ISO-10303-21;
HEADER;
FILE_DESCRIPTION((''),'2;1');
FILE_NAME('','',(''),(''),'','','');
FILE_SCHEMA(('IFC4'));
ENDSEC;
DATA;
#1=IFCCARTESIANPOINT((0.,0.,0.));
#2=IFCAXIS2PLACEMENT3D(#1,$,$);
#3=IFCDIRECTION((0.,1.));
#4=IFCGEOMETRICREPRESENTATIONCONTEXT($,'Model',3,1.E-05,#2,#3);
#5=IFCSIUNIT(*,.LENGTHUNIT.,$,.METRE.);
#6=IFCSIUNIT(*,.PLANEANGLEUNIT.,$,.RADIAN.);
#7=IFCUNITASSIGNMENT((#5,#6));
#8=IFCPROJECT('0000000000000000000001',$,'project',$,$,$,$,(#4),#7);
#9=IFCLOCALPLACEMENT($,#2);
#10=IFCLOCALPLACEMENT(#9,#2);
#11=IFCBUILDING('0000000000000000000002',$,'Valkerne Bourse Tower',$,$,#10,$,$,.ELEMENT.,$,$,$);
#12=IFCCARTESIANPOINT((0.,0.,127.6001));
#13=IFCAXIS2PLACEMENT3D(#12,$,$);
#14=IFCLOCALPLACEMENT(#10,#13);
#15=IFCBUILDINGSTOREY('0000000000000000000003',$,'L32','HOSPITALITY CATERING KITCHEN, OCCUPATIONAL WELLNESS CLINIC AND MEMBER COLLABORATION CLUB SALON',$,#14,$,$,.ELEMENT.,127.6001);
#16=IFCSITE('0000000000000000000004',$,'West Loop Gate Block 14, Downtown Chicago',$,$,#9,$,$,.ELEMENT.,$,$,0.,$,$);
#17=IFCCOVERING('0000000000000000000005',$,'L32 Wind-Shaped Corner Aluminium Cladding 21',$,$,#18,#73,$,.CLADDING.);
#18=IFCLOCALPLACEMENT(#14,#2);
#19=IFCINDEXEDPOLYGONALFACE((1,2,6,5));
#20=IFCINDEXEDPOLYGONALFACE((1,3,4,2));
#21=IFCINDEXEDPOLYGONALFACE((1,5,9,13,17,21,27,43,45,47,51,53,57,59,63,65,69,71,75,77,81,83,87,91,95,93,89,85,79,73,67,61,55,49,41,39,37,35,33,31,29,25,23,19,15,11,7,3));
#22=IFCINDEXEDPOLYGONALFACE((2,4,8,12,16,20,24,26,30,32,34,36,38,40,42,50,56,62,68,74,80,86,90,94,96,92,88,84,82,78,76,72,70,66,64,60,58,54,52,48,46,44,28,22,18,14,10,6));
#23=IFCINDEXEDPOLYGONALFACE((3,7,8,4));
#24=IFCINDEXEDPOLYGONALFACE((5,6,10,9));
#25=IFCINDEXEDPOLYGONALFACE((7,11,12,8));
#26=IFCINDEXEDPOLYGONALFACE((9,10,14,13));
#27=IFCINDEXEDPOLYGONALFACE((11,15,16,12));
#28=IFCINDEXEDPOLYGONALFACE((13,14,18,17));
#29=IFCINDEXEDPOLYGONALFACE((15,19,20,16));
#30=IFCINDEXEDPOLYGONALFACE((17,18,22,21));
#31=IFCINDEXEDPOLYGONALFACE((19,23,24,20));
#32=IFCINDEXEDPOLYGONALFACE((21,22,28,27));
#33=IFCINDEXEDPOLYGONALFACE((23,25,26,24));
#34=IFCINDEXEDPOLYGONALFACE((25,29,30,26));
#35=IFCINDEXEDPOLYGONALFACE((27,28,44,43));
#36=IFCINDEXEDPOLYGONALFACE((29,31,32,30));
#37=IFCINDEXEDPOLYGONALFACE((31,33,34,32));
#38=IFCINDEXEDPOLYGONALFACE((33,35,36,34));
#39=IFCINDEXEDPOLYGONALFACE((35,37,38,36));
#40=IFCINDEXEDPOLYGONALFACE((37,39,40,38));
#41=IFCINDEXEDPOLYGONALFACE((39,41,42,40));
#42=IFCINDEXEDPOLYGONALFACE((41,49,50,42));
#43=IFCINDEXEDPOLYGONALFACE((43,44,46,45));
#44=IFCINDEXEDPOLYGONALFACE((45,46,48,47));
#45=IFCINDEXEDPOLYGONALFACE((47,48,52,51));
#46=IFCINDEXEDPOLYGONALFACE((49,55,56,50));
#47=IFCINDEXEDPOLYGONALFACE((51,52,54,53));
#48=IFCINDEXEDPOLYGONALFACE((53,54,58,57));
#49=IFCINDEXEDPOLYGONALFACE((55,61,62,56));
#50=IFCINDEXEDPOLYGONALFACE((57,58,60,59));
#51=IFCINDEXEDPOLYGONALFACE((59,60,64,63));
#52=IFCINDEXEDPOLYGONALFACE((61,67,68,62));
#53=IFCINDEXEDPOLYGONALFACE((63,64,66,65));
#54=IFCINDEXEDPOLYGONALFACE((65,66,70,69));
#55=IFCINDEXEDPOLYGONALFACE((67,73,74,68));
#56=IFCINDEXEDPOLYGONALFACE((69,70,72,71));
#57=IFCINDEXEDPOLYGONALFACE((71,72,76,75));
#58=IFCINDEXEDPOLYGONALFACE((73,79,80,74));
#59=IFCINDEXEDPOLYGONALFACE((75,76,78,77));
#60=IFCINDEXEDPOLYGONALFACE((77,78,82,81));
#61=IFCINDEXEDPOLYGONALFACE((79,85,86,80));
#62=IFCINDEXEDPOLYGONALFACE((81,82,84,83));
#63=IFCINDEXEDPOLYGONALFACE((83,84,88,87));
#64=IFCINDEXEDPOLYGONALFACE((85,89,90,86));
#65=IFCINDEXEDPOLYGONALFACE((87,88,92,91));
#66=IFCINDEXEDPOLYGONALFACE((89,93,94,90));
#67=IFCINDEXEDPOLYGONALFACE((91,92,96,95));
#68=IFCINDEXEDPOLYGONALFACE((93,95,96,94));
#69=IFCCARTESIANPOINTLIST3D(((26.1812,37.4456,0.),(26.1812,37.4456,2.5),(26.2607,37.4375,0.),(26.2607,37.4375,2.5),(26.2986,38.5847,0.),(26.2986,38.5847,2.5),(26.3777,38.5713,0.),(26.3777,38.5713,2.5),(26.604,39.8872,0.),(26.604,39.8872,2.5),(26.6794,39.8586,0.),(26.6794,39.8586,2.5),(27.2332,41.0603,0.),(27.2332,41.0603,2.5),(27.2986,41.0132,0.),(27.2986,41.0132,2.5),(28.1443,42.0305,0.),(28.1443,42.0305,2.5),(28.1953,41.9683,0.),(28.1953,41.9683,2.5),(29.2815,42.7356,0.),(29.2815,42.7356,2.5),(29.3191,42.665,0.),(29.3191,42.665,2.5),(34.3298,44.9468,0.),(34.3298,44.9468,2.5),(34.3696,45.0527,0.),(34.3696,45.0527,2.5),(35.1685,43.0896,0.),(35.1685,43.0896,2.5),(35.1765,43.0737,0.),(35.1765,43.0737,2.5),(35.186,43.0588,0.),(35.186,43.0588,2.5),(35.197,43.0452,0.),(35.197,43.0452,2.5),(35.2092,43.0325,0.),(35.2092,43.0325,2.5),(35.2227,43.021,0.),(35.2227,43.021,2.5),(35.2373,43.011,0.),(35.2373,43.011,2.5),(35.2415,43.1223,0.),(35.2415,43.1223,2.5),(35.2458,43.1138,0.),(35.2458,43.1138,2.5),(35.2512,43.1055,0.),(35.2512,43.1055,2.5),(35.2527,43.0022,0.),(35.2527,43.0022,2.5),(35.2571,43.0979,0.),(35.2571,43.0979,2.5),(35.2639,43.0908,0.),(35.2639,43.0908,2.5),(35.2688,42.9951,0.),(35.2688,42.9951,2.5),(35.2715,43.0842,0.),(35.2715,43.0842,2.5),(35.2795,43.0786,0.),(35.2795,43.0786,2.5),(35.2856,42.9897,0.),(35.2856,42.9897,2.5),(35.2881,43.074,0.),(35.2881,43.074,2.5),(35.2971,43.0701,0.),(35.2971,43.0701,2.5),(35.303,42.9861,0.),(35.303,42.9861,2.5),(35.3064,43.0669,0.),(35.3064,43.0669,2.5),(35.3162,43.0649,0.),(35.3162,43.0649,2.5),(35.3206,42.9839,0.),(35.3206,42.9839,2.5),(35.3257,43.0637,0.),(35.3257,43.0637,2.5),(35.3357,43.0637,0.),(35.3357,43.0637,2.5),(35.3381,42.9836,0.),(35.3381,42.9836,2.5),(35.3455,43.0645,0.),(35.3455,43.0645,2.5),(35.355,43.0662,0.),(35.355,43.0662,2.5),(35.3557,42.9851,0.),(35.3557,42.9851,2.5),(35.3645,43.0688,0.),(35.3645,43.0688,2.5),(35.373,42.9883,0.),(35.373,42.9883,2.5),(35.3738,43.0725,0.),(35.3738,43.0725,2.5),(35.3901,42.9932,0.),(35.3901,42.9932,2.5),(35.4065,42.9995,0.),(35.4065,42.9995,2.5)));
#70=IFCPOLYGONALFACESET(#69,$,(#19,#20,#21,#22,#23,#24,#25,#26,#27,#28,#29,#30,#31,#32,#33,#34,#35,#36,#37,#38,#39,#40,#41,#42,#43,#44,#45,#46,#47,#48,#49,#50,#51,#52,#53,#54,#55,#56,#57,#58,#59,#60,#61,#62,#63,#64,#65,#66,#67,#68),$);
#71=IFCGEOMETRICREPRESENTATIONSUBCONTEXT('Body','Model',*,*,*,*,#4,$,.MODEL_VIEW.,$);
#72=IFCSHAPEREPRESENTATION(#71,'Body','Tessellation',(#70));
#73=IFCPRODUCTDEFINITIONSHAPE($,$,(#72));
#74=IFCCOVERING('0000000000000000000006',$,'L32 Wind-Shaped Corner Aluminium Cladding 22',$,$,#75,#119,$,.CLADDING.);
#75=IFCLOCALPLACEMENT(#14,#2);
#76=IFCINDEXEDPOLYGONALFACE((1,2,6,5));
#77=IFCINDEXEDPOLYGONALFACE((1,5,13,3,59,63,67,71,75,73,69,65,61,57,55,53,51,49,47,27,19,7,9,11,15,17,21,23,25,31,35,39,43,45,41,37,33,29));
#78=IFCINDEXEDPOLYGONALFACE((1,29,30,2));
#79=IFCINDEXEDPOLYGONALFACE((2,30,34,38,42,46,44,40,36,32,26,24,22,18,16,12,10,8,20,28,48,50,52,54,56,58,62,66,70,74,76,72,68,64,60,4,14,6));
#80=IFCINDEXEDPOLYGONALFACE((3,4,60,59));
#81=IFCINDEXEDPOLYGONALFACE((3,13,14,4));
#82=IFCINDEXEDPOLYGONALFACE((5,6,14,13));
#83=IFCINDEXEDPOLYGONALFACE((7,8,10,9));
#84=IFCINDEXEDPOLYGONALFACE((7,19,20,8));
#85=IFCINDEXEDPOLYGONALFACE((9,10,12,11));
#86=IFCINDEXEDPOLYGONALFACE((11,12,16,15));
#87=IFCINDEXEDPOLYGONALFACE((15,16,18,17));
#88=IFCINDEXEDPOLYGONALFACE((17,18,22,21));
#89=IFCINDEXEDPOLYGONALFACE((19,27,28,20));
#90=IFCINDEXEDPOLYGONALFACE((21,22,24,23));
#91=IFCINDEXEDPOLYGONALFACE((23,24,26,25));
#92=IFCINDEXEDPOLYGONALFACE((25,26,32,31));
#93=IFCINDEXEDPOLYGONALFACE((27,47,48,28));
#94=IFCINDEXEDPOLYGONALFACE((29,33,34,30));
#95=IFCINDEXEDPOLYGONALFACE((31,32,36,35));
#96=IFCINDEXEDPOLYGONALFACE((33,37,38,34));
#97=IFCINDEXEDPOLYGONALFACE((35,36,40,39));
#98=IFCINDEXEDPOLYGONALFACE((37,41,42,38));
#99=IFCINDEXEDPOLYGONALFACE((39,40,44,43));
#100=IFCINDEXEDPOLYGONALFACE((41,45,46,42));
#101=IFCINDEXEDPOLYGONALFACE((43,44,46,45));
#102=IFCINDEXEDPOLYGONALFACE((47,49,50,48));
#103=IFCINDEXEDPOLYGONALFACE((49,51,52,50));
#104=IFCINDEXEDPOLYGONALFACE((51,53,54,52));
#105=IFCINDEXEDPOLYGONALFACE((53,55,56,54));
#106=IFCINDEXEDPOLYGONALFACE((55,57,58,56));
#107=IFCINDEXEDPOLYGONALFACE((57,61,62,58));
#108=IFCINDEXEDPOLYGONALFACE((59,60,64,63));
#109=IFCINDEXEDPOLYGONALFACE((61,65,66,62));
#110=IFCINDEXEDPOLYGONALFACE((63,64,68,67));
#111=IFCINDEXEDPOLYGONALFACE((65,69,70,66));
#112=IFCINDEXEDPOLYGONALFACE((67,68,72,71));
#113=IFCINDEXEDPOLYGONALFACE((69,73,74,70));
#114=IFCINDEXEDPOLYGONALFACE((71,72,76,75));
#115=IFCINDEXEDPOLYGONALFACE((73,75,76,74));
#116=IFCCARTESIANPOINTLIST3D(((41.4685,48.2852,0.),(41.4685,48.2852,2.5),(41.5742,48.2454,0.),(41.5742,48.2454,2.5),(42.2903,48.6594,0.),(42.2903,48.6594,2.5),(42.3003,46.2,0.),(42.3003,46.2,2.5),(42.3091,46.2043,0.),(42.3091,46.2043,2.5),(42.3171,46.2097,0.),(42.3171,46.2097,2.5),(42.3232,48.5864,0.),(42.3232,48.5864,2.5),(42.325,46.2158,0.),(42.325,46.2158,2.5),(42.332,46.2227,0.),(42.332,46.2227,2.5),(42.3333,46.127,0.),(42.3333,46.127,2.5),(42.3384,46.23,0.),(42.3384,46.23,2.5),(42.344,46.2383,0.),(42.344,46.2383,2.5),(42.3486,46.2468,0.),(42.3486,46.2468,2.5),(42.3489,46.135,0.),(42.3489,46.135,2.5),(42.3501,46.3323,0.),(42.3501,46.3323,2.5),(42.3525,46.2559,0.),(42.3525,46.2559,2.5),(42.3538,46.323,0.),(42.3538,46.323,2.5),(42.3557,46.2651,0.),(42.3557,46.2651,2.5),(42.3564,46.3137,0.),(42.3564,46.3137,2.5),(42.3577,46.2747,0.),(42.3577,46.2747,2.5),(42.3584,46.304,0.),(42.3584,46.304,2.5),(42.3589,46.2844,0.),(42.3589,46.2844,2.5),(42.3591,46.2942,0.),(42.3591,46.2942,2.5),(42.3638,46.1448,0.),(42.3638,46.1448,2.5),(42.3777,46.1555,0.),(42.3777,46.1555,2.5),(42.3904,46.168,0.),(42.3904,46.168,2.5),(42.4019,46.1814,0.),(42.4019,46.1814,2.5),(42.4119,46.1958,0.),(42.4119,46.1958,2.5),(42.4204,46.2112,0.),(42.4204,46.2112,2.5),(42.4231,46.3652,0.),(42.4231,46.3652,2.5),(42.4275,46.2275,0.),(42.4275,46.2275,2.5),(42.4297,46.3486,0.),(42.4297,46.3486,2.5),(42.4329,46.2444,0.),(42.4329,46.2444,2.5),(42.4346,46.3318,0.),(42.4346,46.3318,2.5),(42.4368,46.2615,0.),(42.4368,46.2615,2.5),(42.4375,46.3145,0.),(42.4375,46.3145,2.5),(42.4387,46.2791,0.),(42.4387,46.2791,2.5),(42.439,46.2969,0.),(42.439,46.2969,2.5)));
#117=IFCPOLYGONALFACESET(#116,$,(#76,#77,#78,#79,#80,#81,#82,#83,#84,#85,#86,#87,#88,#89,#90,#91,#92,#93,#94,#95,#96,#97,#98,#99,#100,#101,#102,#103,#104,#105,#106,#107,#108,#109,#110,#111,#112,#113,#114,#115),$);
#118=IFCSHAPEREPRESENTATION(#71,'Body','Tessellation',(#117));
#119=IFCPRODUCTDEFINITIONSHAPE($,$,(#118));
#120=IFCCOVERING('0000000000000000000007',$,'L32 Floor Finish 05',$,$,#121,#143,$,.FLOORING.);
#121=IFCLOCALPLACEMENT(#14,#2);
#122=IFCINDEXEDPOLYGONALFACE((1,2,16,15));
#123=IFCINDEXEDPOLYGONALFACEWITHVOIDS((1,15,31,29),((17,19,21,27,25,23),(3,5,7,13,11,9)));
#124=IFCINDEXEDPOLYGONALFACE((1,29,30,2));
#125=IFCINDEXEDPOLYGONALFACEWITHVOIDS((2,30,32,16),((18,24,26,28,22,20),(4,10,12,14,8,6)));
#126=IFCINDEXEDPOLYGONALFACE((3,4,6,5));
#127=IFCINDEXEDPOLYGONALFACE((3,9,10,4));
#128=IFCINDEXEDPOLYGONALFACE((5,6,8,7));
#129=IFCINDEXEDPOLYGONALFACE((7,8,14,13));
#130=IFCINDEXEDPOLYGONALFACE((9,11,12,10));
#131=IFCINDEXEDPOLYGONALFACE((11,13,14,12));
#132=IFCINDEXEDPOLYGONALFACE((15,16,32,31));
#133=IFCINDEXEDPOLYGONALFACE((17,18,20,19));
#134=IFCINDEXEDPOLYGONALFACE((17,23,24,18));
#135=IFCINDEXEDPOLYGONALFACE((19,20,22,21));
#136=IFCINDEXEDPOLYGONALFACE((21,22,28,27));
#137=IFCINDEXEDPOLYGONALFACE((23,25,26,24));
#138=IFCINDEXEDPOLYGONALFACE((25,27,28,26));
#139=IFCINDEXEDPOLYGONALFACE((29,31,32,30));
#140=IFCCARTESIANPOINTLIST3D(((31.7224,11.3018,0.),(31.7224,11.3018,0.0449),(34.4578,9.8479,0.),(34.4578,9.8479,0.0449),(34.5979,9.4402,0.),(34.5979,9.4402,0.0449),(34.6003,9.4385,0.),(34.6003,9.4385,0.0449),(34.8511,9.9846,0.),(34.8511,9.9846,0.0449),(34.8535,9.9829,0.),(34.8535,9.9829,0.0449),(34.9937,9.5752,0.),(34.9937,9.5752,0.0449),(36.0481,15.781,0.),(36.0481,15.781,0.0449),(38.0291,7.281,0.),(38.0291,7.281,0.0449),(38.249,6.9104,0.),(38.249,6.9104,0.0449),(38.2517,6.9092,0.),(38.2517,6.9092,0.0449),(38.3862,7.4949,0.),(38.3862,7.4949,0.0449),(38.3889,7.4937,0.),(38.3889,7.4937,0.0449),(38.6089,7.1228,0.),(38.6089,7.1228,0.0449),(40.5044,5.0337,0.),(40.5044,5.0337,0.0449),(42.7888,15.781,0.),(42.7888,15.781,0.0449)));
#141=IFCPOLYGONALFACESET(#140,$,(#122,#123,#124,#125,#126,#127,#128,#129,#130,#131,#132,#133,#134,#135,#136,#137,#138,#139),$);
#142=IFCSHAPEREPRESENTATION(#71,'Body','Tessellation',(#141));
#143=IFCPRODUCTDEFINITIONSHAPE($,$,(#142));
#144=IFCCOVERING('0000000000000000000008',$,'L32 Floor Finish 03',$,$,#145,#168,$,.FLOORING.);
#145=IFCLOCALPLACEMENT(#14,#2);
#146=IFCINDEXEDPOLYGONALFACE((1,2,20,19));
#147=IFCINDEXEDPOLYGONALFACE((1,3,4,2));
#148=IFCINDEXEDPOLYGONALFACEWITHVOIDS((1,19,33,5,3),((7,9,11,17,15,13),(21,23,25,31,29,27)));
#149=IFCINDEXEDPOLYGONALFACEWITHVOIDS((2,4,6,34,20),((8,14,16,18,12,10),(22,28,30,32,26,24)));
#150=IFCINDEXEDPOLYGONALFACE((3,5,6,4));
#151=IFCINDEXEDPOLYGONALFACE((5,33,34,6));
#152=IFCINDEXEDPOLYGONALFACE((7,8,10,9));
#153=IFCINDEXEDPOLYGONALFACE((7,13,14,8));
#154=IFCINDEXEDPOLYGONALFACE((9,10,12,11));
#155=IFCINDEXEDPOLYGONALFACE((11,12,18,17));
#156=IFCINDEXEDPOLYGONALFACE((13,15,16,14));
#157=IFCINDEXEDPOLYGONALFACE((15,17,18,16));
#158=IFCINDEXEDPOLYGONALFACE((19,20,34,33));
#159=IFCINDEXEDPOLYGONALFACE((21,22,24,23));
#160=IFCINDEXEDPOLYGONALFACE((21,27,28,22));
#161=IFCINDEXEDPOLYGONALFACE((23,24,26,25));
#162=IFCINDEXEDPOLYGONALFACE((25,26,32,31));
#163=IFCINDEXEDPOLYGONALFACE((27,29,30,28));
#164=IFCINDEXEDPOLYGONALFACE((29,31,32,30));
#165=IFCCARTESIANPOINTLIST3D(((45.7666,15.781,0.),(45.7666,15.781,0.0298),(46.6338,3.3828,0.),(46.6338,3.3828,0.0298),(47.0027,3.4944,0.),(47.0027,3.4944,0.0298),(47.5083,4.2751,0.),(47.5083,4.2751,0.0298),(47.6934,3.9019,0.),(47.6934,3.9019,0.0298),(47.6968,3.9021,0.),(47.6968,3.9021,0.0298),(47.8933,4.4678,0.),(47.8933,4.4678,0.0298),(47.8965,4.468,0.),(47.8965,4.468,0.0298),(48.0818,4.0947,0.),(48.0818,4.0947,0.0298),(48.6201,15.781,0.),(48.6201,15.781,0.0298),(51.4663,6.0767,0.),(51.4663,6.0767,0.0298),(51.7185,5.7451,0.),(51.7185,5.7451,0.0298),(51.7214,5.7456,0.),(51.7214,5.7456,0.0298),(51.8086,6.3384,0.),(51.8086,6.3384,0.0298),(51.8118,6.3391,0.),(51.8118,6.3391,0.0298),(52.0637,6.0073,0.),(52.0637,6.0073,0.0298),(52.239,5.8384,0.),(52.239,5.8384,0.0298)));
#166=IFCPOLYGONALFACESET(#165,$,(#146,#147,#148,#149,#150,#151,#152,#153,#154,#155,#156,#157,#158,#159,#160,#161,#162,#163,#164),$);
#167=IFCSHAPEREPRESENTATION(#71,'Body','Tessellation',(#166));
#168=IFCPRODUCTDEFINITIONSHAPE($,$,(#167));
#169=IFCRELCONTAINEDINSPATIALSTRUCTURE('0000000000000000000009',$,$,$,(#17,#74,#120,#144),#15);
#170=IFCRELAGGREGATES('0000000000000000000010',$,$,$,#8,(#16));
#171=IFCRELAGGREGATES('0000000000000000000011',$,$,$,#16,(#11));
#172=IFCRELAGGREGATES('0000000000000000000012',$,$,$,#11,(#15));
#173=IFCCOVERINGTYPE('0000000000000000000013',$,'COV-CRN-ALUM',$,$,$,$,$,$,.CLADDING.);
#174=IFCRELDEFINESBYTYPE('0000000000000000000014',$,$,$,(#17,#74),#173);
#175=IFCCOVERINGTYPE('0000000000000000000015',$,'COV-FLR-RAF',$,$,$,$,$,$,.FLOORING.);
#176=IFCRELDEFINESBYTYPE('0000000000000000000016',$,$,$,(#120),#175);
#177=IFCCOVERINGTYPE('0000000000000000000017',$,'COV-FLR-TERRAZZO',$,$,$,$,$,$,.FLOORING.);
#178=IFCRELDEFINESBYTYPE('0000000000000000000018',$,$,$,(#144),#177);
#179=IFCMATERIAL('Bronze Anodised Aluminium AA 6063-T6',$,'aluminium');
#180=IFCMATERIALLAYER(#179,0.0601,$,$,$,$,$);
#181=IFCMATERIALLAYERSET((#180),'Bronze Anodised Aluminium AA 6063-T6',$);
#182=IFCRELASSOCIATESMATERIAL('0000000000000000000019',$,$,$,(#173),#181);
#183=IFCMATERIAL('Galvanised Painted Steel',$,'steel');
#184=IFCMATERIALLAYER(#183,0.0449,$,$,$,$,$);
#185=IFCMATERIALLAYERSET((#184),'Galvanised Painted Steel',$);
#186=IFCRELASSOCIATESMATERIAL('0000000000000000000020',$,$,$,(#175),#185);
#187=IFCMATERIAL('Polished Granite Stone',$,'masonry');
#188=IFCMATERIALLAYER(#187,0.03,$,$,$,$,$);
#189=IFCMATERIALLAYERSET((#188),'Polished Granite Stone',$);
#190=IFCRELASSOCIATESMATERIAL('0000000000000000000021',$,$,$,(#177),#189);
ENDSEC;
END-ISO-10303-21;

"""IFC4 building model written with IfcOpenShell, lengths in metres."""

from ifc_helpers import new_model, si_unit, direction, frame, origin, place, context, subcontext, project, spatial, polyline, outline, extrude, material, layer, layer_set, type_object, element, save


model = new_model("IFC4")

# Units and contexts
model_context = context("Model", 3, precision=1e-05, world=origin(), true_north=direction((0.0, 1.0)))
body_context = subcontext(model_context, "Body", "Model", "MODEL_VIEW")
ifc_project = project(units=[si_unit("LENGTHUNIT", "METRE"), si_unit("PLANEANGLEUNIT", "RADIAN")], contexts=[model_context])

# Site, building, storey
site_placement = place(None, origin())
site = spatial("IfcSite", under=ifc_project, at=site_placement, Name="West Loop Gate Block 14, Downtown Chicago", CompositionType="ELEMENT", RefElevation=0.0)
building_placement = place(site_placement, origin())
building = spatial("IfcBuilding", under=site, at=building_placement, Name="Valkerne Bourse Tower", CompositionType="ELEMENT")
storey_placement = place(building_placement, frame((0.0, 0.0, 127.6001)))
storey = spatial("IfcBuildingStorey", under=building, at=storey_placement, Name="L32", Description="HOSPITALITY CATERING KITCHEN, OCCUPATIONAL WELLNESS CLINIC AND MEMBER COLLABORATION CLUB SALON", CompositionType="ELEMENT", Elevation=127.6001)

# Coverings
ifc_material_1 = material(Name="Bronze Anodised Aluminium AA 6063-T6", Category="aluminium")
ifc_layer_1 = layer(ifc_material_1, 0.0601)
ifc_layer_set_1 = layer_set([ifc_layer_1], Name="Bronze Anodised Aluminium AA 6063-T6")
covering_type_1 = type_object("IfcCoveringType", Name="COV-CRN-ALUM", PredefinedType="CLADDING", material=ifc_layer_set_1)
covering_1_placement = place(storey_placement, origin())
element("IfcCovering", 1, at=covering_1_placement, inside=storey, type_object=covering_type_1, Name="L32 Wind-Shaped Corner Aluminium Cladding 21", PredefinedType="CLADDING", context=body_context, shape_type="SweptSolid", body=[
    extrude(outline(polyline([(26.2986, 38.5847), (26.604, 39.8872), (27.2332, 41.0603), (28.1443, 42.0305), (29.2815, 42.7356), (34.3696, 45.0527), (35.2415, 43.1223), (35.2458, 43.1138), (35.2512, 43.1055), (35.2571, 43.0979), (35.2639, 43.0908), (35.2715, 43.0842), (35.2795, 43.0786), (35.2881, 43.074), (35.2971, 43.0701), (35.3064, 43.0669), (35.3162, 43.0649), (35.3257, 43.0637), (35.3357, 43.0637), (35.3455, 43.0645), (35.355, 43.0662), (35.3645, 43.0688), (35.3738, 43.0725), (35.4065, 42.9995), (35.3901, 42.9932), (35.373, 42.9883), (35.3557, 42.9851), (35.3381, 42.9836), (35.3206, 42.9839), (35.303, 42.9861), (35.2856, 42.9897), (35.2688, 42.9951), (35.2527, 43.0022), (35.2373, 43.011), (35.2227, 43.021), (35.2092, 43.0325), (35.197, 43.0452), (35.186, 43.0588), (35.1765, 43.0737), (35.1685, 43.0896), (34.3298, 44.9468), (29.3191, 42.665), (28.1953, 41.9683), (27.2986, 41.0132), (26.6794, 39.8586), (26.3777, 38.5713), (26.2607, 37.4375), (26.1812, 37.4456), (26.2986, 38.5847)])), origin(), (0.0, 0.0, 1.0), 2.5),
])
covering_2_placement = place(storey_placement, origin())
element("IfcCovering", 2, at=covering_2_placement, inside=storey, type_object=covering_type_1, Name="L32 Wind-Shaped Corner Aluminium Cladding 22", PredefinedType="CLADDING", context=body_context, shape_type="SweptSolid", body=[
    extrude(outline(polyline([(42.3091, 46.2043), (42.3171, 46.2097), (42.325, 46.2158), (42.332, 46.2227), (42.3384, 46.23), (42.344, 46.2383), (42.3486, 46.2468), (42.3525, 46.2559), (42.3557, 46.2651), (42.3577, 46.2747), (42.3589, 46.2844), (42.3591, 46.2942), (42.3584, 46.304), (42.3564, 46.3137), (42.3538, 46.323), (42.3501, 46.3323), (41.4685, 48.2852), (42.2903, 48.6594), (42.3232, 48.5864), (41.5742, 48.2454), (42.4231, 46.3652), (42.4297, 46.3486), (42.4346, 46.3318), (42.4375, 46.3145), (42.439, 46.2969), (42.4387, 46.2791), (42.4368, 46.2615), (42.4329, 46.2444), (42.4275, 46.2275), (42.4204, 46.2112), (42.4119, 46.1958), (42.4019, 46.1814), (42.3904, 46.168), (42.3777, 46.1555), (42.3638, 46.1448), (42.3489, 46.135), (42.3333, 46.127), (42.3003, 46.2), (42.3091, 46.2043)])), origin(), (0.0, 0.0, 1.0), 2.5),
])
ifc_material_2 = material(Name="Galvanised Painted Steel", Category="steel")
ifc_layer_2 = layer(ifc_material_2, 0.0449)
ifc_layer_set_2 = layer_set([ifc_layer_2], Name="Galvanised Painted Steel")
covering_type_2 = type_object("IfcCoveringType", Name="COV-FLR-RAF", PredefinedType="FLOORING", material=ifc_layer_set_2)
covering_3_placement = place(storey_placement, origin())
element("IfcCovering", 3, at=covering_3_placement, inside=storey, type_object=covering_type_2, Name="L32 Floor Finish 05", PredefinedType="FLOORING", context=body_context, shape_type="SweptSolid", body=[
    extrude(outline(polyline([(42.7888, 15.781), (40.5044, 5.0337), (31.7224, 11.3018), (36.0481, 15.781), (42.7888, 15.781)]), holes=[polyline([(34.8535, 9.9829), (34.8511, 9.9846), (34.4578, 9.8479), (34.5979, 9.4402), (34.6003, 9.4385), (34.9937, 9.5752), (34.8535, 9.9829)]), polyline([(38.3889, 7.4937), (38.3862, 7.4949), (38.0291, 7.281), (38.249, 6.9104), (38.2517, 6.9092), (38.6089, 7.1228), (38.3889, 7.4937)])]), origin(), (0.0, 0.0, 1.0), 0.0449),
])
ifc_material_3 = material(Name="Polished Granite Stone", Category="masonry")
ifc_layer_3 = layer(ifc_material_3, 0.03)
ifc_layer_set_3 = layer_set([ifc_layer_3], Name="Polished Granite Stone")
covering_type_3 = type_object("IfcCoveringType", Name="COV-FLR-TERRAZZO", PredefinedType="FLOORING", material=ifc_layer_set_3)
covering_4_placement = place(storey_placement, origin())
element("IfcCovering", 4, at=covering_4_placement, inside=storey, type_object=covering_type_3, Name="L32 Floor Finish 03", PredefinedType="FLOORING", context=body_context, shape_type="SweptSolid", body=[
    extrude(outline(polyline([(45.7666, 15.781), (48.6201, 15.781), (52.239, 5.8384), (47.0027, 3.4944), (46.6338, 3.3828), (45.7666, 15.781)]), holes=[polyline([(47.6968, 3.9021), (48.0818, 4.0947), (47.8965, 4.468), (47.8933, 4.4678), (47.5083, 4.2751), (47.6934, 3.9019), (47.6968, 3.9021)]), polyline([(52.0637, 6.0073), (51.8118, 6.3391), (51.8086, 6.3384), (51.4663, 6.0767), (51.7185, 5.7451), (51.7214, 5.7456), (52.0637, 6.0073)])]), origin(), (0.0, 0.0, 1.0), 0.0298),
])

save(model, "model.ifc")
